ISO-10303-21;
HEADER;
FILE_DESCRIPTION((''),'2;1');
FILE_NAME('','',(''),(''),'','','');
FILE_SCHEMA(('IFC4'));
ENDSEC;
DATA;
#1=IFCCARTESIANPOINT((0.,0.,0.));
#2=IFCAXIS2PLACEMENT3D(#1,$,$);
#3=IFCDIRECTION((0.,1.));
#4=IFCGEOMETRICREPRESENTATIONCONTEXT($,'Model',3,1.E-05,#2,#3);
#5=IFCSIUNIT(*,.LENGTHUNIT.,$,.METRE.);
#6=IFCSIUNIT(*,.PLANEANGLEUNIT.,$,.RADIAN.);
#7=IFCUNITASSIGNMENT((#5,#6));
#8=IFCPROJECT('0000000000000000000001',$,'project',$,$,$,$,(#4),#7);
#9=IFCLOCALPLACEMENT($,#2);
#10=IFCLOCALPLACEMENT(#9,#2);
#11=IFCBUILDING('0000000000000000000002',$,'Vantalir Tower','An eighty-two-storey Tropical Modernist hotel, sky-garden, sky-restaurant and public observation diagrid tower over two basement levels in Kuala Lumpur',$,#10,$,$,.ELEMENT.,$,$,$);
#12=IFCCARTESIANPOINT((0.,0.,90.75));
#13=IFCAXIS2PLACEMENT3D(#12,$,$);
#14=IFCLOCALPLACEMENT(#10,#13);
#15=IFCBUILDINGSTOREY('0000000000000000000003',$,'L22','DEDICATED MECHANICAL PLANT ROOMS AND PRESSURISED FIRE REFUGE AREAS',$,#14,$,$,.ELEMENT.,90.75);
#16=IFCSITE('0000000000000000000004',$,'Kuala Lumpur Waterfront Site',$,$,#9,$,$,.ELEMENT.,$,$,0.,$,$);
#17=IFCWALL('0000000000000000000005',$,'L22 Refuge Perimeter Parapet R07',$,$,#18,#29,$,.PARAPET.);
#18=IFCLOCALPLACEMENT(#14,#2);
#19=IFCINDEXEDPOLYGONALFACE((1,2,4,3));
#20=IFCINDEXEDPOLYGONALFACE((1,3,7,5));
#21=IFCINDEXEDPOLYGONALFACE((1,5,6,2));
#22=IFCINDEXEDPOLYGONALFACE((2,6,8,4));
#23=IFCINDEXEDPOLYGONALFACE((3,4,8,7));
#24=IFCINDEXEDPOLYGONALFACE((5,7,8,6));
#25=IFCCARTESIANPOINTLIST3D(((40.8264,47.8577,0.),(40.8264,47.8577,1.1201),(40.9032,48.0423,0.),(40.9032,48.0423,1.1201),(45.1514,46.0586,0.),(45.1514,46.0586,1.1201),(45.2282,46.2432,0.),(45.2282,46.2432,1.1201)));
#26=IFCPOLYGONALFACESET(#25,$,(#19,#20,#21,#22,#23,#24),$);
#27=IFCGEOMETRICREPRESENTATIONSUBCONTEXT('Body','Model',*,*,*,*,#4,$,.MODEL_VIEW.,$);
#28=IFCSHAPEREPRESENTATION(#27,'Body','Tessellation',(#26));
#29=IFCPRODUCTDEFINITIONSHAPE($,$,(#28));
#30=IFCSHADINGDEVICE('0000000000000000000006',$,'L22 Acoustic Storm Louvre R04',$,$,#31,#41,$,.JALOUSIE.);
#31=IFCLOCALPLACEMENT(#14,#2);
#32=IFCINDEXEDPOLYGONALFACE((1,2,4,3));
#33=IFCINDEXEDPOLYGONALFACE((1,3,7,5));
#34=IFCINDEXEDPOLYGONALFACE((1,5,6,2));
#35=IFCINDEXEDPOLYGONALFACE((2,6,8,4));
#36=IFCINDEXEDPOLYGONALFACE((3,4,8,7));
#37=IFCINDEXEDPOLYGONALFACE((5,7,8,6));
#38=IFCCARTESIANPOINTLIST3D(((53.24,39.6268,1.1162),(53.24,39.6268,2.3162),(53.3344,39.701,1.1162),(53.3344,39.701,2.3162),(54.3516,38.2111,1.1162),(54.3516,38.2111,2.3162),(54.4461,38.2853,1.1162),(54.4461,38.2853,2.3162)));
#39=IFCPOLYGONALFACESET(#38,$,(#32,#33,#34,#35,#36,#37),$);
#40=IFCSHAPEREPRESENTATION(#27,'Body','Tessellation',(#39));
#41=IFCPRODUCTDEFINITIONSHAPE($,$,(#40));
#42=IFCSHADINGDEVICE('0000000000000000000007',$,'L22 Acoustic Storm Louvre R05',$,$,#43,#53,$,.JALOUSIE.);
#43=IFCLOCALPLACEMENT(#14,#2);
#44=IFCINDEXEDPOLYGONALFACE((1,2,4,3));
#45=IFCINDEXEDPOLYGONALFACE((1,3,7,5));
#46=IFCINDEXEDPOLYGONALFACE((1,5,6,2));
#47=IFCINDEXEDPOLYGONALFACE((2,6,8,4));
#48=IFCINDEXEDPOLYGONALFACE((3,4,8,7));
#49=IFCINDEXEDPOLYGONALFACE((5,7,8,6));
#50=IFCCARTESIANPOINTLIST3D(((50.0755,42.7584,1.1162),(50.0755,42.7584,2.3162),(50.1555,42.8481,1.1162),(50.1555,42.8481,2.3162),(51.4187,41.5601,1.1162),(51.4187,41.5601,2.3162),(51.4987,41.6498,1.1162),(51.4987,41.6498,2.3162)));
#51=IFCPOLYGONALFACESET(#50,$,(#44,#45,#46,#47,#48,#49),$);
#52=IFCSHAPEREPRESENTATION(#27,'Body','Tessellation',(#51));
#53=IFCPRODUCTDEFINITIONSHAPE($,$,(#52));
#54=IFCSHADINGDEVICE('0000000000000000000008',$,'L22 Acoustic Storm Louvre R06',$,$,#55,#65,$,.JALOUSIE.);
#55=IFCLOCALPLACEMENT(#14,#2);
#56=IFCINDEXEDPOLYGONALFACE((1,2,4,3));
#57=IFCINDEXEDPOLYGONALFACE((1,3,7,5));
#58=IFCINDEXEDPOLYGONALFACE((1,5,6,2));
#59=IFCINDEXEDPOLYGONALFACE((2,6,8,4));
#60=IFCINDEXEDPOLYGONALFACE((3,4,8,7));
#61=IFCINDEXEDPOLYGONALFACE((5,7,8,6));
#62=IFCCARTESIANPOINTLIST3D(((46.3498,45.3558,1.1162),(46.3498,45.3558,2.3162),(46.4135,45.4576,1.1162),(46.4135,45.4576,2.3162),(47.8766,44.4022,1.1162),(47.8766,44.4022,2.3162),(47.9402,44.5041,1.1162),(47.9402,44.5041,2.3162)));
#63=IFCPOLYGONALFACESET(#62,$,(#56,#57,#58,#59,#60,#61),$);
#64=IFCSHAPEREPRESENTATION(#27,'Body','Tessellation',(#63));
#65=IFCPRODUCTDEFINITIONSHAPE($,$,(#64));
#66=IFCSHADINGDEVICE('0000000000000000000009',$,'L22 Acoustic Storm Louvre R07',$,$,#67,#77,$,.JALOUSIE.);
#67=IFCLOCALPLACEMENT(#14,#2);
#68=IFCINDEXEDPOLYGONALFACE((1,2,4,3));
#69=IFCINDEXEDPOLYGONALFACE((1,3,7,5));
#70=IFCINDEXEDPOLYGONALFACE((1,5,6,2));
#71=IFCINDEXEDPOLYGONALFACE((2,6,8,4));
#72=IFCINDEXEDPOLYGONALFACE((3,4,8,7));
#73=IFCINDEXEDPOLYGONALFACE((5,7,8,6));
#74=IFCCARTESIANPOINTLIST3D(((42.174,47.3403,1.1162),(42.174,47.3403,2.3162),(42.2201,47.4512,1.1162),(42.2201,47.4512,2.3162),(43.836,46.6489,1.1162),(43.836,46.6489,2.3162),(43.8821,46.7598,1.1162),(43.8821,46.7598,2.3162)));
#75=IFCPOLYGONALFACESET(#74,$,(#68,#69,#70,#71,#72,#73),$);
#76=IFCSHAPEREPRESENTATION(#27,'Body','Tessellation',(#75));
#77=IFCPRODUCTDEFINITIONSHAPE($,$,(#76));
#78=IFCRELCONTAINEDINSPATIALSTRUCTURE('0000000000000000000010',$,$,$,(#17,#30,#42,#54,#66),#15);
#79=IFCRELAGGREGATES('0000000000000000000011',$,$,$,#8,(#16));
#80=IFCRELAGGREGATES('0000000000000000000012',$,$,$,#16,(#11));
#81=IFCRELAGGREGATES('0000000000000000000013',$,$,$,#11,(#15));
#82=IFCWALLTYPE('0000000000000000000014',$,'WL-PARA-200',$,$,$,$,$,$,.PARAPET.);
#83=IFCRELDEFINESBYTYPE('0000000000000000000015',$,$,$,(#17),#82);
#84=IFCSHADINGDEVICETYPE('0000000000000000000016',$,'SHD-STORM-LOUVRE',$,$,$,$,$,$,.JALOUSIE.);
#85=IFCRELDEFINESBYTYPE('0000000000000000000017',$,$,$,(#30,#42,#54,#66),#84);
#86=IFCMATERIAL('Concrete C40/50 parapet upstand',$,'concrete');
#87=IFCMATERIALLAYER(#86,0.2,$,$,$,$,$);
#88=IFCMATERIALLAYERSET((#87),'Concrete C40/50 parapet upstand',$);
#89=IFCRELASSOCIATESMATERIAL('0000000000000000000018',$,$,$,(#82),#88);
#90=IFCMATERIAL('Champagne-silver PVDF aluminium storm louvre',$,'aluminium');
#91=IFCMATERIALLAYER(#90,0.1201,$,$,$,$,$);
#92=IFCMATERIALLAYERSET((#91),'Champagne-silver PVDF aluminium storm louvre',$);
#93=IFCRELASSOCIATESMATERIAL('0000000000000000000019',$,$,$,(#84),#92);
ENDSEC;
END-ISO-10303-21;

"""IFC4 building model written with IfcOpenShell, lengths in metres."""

from ifc_helpers import new_model, si_unit, direction, frame, frame_2d, origin, origin_2d, place, context, subcontext, project, spatial, rectangle, extrude, material, layer, layer_set, type_object, element, save


model = new_model("IFC4")

# Units and contexts
model_context = context("Model", 3, precision=1e-05, world=origin(), true_north=direction((0.0, 1.0)))
body_context = subcontext(model_context, "Body", "Model", "MODEL_VIEW")
ifc_project = project(units=[si_unit("LENGTHUNIT", "METRE"), si_unit("PLANEANGLEUNIT", "RADIAN")], contexts=[model_context])

# Site, building, storey
site_placement = place(None, origin())
site = spatial("IfcSite", under=ifc_project, at=site_placement, Name="Kuala Lumpur Waterfront Site", CompositionType="ELEMENT", RefElevation=0.0)
building_placement = place(site_placement, origin())
building = spatial("IfcBuilding", under=site, at=building_placement, Name="Vantalir Tower", Description="An eighty-two-storey Tropical Modernist hotel, sky-garden, sky-restaurant and public observation diagrid tower over two basement levels in Kuala Lumpur", CompositionType="ELEMENT")
storey_placement = place(building_placement, frame((0.0, 0.0, 90.75)))
storey = spatial("IfcBuildingStorey", under=building, at=storey_placement, Name="L22", Description="DEDICATED MECHANICAL PLANT ROOMS AND PRESSURISED FIRE REFUGE AREAS", CompositionType="ELEMENT", Elevation=90.75)

# Wall
ifc_material_1 = material(Name="Concrete C40/50 parapet upstand", Category="concrete")
ifc_layer_1 = layer(ifc_material_1, 0.2)
ifc_layer_set_1 = layer_set([ifc_layer_1], Name="Concrete C40/50 parapet upstand")
wall_type = type_object("IfcWallType", Name="WL-PARA-200", PredefinedType="PARAPET", material=ifc_layer_set_1)
wall_1_placement = place(storey_placement, frame((45.1899, 46.1509, 0.0), z_axis=(0.0, 0.0, 1.0), x_axis=(-0.923303, 0.384071, 0.0)))
element("IfcWall", 1, at=wall_1_placement, inside=storey, type_object=wall_type, Name="L22 Refuge Perimeter Parapet R07", PredefinedType="PARAPET", context=body_context, shape_type="SweptSolid", body=[
    extrude(rectangle(XDim=4.6843, YDim=0.2, at=frame_2d((2.3423, 0.0))), origin(), (0.0, 0.0, 1.0), 1.1201),
])

# Shading devices
ifc_material_2 = material(Name="Champagne-silver PVDF aluminium storm louvre", Category="aluminium")
ifc_layer_2 = layer(ifc_material_2, 0.1201)
ifc_layer_set_2 = layer_set([ifc_layer_2], Name="Champagne-silver PVDF aluminium storm louvre")
shading_device_type = type_object("IfcShadingDeviceType", Name="SHD-STORM-LOUVRE", PredefinedType="JALOUSIE", material=ifc_layer_set_2)
for number, where, z_axis, x_axis, name in (
    (2, (53.843, 38.9561, 1.1162), (0.0, 0.0, 1.0), (-0.617571, 0.786515, 0.0), "L22 Acoustic Storm Louvre R04"),
    (3, (50.7871, 42.2041, 1.1162), (0.0, 0.0, 1.0), (-0.746208, 0.665712, 0.0), "L22 Acoustic Storm Louvre R05"),
    (4, (47.145, 44.9299, 1.1162), (0.0, 0.0, 1.0), (-0.848168, 0.529727, 0.0), "L22 Acoustic Storm Louvre R06"),
    (5, (43.0281, 47.05, 1.1162), (0.0, 0.0, 1.0), (-0.923311, 0.384054, 0.0), "L22 Acoustic Storm Louvre R07"),
):
    element("IfcShadingDevice", number, at=place(storey_placement, frame(where, z_axis=z_axis, x_axis=x_axis)), inside=storey, type_object=shading_device_type, Name=name, PredefinedType="JALOUSIE", context=body_context, shape_type="SweptSolid", body=[
        extrude(rectangle(XDim=1.8, YDim=0.1201, at=origin_2d()), origin(), (0.0, 0.0, 1.0), 1.2),
    ])

save(model, "model.ifc")
